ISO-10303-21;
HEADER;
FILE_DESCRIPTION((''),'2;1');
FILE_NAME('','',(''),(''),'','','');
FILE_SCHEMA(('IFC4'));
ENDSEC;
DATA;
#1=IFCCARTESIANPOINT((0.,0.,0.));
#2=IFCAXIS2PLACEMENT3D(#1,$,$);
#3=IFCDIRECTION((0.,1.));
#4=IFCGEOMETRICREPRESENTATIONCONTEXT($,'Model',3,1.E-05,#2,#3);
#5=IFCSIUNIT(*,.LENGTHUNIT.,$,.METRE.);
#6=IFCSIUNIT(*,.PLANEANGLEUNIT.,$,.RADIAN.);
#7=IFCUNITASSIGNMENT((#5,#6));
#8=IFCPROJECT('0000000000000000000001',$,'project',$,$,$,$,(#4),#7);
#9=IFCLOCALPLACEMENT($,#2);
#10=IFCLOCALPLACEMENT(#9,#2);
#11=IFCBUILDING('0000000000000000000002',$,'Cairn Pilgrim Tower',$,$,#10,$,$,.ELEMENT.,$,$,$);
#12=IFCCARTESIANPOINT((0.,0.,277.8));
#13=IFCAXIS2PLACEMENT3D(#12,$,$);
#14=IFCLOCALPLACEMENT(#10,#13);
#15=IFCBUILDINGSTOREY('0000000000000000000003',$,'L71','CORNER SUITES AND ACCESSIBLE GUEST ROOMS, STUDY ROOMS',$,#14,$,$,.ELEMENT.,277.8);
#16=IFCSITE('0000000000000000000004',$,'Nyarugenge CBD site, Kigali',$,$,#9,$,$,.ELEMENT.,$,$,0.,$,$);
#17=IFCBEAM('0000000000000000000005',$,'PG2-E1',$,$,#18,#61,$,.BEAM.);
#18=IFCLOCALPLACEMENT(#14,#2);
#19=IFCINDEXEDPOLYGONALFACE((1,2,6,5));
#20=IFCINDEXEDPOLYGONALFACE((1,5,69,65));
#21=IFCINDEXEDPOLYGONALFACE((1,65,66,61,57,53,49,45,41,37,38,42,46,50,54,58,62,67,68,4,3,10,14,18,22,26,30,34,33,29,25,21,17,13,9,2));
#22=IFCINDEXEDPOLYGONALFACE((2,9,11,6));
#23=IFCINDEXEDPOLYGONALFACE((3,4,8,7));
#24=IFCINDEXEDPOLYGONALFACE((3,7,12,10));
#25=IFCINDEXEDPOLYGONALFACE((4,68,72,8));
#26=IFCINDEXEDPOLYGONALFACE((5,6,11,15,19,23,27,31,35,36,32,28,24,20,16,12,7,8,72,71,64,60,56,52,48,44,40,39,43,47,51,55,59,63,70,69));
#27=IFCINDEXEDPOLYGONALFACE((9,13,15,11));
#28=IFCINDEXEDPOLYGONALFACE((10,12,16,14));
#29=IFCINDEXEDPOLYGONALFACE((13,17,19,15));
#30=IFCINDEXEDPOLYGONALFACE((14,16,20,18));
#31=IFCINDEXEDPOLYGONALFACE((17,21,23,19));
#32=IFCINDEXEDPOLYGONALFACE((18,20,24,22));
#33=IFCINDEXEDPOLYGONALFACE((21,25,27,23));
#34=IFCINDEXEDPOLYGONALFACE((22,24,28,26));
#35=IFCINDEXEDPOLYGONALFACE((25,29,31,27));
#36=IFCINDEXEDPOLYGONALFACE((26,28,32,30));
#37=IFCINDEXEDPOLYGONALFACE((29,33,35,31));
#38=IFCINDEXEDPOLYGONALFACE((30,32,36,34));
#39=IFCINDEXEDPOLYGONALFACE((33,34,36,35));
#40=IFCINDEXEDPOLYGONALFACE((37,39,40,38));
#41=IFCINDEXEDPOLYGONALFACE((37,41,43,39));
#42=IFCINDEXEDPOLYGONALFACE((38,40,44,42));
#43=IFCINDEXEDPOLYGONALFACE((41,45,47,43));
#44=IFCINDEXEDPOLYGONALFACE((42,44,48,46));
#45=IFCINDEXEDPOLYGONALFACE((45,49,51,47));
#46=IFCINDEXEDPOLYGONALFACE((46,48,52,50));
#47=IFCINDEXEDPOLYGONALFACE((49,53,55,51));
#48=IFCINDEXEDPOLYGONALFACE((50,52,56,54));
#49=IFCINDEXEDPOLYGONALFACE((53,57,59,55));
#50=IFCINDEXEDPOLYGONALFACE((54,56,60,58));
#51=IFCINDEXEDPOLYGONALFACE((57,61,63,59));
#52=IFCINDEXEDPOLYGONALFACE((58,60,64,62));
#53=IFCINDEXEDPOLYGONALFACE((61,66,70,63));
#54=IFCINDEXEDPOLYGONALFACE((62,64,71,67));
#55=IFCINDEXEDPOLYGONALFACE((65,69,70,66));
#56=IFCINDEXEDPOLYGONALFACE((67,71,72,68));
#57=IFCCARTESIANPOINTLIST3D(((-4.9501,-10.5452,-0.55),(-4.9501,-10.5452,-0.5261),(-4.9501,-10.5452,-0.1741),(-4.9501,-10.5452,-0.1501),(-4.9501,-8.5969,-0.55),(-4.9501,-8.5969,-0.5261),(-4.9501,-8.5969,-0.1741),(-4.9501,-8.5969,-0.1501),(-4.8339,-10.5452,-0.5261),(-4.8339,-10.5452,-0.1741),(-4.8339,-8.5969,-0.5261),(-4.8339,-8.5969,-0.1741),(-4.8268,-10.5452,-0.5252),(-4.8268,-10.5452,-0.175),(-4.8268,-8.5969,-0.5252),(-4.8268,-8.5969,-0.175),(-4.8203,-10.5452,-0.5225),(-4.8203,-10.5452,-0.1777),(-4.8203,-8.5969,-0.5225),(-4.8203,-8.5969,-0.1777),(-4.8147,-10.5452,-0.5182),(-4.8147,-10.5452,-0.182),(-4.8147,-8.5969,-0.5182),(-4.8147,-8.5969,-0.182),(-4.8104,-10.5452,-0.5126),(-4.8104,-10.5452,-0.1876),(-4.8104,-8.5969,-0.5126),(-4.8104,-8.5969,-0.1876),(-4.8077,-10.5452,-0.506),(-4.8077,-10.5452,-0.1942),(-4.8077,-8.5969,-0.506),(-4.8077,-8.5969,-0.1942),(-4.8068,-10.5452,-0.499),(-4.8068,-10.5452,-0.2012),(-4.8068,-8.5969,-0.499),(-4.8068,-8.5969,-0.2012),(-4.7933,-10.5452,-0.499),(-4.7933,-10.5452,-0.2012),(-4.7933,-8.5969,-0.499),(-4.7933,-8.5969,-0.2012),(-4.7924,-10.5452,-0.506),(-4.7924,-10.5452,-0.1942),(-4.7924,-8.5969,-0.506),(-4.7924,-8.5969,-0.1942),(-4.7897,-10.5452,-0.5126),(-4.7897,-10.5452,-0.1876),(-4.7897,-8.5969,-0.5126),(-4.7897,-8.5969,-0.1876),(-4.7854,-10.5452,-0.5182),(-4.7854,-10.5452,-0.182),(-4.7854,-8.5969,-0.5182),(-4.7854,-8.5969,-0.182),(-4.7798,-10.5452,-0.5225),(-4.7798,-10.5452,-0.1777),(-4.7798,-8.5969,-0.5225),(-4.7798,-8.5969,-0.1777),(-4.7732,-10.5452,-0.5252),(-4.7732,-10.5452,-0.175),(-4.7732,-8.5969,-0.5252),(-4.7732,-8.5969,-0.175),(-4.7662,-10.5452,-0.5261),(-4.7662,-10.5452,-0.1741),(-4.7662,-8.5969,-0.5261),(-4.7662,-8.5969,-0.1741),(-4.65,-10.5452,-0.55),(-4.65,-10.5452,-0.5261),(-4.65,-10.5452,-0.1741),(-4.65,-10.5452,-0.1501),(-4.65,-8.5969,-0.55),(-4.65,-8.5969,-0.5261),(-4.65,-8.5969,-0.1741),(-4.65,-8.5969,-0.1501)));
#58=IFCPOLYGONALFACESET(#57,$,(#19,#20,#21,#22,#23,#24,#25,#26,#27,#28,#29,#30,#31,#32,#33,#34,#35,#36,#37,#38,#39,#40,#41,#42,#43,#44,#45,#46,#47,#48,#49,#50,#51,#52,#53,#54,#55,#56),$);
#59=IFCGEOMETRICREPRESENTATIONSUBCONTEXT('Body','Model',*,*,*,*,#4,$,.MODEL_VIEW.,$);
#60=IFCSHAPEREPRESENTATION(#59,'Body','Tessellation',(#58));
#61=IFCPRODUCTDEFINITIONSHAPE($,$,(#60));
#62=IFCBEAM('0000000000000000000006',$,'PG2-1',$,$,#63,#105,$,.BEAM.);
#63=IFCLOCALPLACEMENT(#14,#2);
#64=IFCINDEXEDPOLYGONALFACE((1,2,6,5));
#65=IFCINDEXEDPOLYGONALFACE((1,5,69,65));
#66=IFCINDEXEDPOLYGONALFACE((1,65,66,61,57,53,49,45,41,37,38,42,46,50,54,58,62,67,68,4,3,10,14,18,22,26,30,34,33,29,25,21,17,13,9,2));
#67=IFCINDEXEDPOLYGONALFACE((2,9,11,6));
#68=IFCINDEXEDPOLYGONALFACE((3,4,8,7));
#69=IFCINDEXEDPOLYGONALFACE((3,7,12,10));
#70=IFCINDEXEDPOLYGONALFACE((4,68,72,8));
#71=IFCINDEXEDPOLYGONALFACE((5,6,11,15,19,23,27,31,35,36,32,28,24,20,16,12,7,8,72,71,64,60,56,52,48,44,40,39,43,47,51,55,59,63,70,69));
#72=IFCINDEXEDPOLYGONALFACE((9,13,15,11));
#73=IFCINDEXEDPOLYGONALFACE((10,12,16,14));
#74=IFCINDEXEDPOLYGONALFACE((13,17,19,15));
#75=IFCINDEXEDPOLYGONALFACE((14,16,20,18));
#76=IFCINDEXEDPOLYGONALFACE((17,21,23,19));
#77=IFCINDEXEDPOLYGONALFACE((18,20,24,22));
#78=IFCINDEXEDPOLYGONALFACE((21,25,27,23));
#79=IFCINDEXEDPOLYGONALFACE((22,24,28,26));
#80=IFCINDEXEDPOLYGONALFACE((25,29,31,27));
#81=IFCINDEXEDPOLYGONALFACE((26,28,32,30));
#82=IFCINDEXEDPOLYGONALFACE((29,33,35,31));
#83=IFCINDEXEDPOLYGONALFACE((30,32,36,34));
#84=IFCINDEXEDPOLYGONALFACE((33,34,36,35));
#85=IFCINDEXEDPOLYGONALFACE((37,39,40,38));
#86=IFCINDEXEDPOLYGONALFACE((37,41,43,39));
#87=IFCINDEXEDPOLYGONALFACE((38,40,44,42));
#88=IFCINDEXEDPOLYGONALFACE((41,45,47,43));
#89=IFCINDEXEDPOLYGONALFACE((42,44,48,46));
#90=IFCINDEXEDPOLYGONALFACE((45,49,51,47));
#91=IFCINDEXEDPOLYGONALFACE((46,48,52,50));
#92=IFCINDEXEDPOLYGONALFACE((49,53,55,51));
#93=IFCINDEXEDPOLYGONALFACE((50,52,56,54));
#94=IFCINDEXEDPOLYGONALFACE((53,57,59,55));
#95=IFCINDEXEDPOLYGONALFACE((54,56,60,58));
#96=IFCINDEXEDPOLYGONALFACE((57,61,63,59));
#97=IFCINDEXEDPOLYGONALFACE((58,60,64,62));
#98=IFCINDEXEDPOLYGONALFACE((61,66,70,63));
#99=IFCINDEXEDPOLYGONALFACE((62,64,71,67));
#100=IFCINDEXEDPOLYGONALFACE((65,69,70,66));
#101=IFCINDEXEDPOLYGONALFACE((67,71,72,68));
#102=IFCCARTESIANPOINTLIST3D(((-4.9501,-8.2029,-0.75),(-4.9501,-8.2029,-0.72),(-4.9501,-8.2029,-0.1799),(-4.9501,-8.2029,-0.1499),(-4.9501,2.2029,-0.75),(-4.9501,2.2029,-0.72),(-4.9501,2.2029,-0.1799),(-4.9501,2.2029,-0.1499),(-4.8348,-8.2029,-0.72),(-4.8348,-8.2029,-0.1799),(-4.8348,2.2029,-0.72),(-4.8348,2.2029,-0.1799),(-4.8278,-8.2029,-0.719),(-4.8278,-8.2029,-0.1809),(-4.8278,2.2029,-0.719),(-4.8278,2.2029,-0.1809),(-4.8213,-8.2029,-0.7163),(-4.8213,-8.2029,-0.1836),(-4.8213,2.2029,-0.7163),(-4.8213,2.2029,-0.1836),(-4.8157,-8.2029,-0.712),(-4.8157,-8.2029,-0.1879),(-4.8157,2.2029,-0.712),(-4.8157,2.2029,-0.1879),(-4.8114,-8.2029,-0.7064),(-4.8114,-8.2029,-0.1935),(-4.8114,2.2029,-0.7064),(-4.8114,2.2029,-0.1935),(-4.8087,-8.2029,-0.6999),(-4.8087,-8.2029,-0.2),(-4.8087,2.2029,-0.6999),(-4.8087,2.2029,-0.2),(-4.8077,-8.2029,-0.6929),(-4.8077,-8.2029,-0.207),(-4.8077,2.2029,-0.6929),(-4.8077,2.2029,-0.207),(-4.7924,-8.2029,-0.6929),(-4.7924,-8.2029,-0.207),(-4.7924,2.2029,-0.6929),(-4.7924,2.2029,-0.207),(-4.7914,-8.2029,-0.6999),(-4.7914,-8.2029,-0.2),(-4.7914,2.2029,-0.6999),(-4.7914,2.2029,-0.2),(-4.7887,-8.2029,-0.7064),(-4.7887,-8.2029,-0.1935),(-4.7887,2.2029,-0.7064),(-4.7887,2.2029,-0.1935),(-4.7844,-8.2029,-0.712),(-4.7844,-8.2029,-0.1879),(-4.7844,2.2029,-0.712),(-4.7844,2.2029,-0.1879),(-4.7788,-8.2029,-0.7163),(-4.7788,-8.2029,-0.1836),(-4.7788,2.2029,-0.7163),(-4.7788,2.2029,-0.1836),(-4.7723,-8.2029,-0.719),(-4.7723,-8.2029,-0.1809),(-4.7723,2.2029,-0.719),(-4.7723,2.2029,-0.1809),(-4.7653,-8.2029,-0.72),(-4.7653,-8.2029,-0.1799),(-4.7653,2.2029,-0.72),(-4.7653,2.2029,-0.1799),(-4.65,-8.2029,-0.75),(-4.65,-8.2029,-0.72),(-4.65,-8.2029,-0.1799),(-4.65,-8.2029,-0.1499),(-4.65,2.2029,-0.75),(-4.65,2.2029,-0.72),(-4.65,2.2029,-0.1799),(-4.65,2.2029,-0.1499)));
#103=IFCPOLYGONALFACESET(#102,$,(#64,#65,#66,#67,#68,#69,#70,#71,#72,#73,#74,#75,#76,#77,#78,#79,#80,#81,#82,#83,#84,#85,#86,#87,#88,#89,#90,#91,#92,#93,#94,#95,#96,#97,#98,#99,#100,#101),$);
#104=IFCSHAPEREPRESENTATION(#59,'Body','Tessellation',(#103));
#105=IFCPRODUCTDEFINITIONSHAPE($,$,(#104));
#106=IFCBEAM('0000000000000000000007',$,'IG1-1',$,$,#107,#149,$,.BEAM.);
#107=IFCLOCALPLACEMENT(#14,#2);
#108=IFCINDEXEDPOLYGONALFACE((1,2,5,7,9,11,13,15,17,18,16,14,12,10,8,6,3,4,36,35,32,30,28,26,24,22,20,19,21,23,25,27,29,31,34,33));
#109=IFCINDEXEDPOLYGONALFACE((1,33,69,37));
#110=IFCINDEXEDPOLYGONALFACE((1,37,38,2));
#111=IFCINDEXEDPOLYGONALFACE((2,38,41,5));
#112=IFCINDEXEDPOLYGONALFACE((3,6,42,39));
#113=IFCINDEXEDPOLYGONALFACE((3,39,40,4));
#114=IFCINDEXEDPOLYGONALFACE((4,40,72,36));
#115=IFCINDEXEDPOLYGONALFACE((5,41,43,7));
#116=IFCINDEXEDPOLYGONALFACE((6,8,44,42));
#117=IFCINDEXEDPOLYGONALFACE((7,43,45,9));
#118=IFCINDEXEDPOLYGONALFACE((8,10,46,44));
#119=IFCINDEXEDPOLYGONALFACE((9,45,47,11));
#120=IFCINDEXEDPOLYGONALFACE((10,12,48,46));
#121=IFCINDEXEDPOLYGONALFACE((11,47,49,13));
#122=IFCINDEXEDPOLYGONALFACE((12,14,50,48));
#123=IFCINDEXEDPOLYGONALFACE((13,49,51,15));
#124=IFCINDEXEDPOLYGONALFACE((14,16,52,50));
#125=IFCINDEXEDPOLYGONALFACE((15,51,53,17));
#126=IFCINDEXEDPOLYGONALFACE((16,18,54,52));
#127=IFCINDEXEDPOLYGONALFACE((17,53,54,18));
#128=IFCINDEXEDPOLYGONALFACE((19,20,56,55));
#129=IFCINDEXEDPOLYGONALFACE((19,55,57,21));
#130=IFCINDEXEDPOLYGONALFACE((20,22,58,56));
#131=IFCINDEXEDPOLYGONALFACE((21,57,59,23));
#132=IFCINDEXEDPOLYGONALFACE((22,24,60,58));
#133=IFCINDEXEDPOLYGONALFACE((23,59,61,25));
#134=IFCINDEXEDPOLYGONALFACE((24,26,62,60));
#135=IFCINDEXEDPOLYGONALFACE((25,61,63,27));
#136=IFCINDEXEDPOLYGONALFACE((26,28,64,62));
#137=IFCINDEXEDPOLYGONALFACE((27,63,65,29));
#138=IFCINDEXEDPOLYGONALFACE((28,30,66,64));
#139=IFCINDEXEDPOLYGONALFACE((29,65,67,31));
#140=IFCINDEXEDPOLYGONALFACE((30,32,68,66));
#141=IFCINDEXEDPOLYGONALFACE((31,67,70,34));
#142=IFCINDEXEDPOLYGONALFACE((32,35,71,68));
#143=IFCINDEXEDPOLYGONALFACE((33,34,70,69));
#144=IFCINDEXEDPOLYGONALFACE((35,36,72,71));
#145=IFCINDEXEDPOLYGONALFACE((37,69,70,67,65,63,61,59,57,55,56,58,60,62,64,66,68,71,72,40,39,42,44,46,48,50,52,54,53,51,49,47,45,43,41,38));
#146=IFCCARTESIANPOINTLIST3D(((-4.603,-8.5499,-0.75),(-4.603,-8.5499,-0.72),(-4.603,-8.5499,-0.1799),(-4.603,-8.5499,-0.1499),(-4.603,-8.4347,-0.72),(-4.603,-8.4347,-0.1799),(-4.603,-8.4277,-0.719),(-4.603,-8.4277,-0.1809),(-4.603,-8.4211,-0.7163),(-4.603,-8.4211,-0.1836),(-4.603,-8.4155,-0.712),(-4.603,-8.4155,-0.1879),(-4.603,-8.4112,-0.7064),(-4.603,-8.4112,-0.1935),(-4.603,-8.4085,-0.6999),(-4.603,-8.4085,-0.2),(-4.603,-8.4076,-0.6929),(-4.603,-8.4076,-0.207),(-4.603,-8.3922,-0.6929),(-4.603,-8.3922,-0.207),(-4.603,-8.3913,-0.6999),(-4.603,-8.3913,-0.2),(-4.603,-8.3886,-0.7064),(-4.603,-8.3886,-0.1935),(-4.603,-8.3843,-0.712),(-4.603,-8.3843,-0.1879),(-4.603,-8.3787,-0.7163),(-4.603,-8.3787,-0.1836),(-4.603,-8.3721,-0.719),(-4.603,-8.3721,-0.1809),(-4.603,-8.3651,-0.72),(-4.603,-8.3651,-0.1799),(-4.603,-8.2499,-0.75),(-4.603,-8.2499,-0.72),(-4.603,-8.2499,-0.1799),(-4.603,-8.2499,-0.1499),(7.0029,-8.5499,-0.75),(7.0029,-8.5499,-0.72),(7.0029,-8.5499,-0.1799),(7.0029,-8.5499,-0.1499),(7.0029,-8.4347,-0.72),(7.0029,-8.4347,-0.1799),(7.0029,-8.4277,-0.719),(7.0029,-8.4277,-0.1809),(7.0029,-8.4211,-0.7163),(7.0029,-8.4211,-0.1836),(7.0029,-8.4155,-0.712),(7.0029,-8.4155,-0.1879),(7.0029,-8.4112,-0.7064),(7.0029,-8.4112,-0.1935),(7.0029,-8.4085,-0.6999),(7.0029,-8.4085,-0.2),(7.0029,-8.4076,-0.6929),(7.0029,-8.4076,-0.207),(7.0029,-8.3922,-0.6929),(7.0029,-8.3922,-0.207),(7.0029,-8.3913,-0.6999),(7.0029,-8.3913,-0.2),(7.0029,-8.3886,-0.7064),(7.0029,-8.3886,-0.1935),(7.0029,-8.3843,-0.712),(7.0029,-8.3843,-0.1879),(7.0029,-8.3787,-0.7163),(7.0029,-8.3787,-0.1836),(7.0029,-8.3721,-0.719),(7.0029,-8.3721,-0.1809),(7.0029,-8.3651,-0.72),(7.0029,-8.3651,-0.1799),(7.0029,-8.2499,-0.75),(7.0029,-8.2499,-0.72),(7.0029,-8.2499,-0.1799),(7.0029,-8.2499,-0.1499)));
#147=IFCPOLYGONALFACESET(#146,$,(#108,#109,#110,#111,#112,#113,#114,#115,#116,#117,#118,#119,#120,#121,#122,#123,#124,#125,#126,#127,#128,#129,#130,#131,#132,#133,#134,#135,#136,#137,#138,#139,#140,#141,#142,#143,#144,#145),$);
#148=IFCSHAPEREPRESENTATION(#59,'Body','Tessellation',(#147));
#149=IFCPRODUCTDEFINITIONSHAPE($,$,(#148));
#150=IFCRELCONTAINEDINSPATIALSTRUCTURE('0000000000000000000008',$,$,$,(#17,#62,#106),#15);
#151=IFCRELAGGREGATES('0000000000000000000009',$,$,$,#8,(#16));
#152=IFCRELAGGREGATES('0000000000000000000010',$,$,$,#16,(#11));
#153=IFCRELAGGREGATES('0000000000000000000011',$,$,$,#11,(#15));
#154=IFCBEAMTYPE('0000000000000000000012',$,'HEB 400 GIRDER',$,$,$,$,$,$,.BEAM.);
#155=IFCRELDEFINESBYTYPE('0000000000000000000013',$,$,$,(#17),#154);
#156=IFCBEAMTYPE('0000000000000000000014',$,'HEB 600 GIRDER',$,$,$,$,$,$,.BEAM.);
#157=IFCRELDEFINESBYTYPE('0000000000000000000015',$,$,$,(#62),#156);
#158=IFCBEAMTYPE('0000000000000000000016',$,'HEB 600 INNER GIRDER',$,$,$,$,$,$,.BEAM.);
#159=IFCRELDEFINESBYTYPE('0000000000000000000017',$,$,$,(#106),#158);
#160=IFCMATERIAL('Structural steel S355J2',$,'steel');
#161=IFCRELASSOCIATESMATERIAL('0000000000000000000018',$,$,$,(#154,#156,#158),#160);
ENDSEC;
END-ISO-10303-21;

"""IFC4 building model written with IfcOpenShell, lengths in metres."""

from ifc_helpers import new_model, si_unit, direction, frame, origin, origin_2d, place, context, subcontext, project, spatial, i_section, extrude, material, material_profile, profile_set, type_object, element, save


model = new_model("IFC4")

# Units and contexts
model_context = context("Model", 3, precision=1e-05, world=origin(), true_north=direction((0.0, 1.0)))
body_context = subcontext(model_context, "Body", "Model", "MODEL_VIEW")
ifc_project = project(units=[si_unit("LENGTHUNIT", "METRE"), si_unit("PLANEANGLEUNIT", "RADIAN")], contexts=[model_context])

# Site, building, storey
site_placement = place(None, origin())
site = spatial("IfcSite", under=ifc_project, at=site_placement, Name="Nyarugenge CBD site, Kigali", CompositionType="ELEMENT", RefElevation=0.0)
building_placement = place(site_placement, origin())
building = spatial("IfcBuilding", under=site, at=building_placement, Name="Cairn Pilgrim Tower", CompositionType="ELEMENT")
storey_placement = place(building_placement, frame((0.0, 0.0, 277.8)))
storey = spatial("IfcBuildingStorey", under=building, at=storey_placement, Name="L71", Description="CORNER SUITES AND ACCESSIBLE GUEST ROOMS, STUDY ROOMS", CompositionType="ELEMENT", Elevation=277.8)

# Shared definitions
ifc_material_1 = material(Name="Structural steel S355J2", Category="steel")

# Beams
ifc_material_profile_1 = material_profile(ifc_material_1, i_section(OverallWidth=0.3, OverallDepth=0.3999, WebThickness=0.0134, FlangeThickness=0.0239, FilletRadius=0.0271, at=origin_2d()), Name="HEB 400")
ifc_profile_set_1 = profile_set([ifc_material_profile_1], Name="Structural steel S355J2")
beam_type_1 = type_object("IfcBeamType", Name="HEB 400 GIRDER", PredefinedType="BEAM", material=ifc_profile_set_1)
beam_1_placement = place(storey_placement, frame((-4.8, -10.5452, -0.3501), z_axis=(0.0, 1.0, 0.0), x_axis=(-1.0, 0.0, 0.0)))
element("IfcBeam", 1, at=beam_1_placement, inside=storey, type_object=beam_type_1, Name="PG2-E1", PredefinedType="BEAM", context=body_context, shape_type="SweptSolid", body=[
    extrude(i_section(OverallWidth=0.3, OverallDepth=0.3999, WebThickness=0.0134, FlangeThickness=0.0239, FilletRadius=0.0271, at=origin_2d()), origin(), (0.0, 0.0, 1.0), 1.9482),
])
ifc_material_profile_2 = material_profile(ifc_material_1, i_section(OverallWidth=0.3, OverallDepth=0.6001, WebThickness=0.0154, FlangeThickness=0.03, FilletRadius=0.0271, at=origin_2d()), Name="HEB 600")
ifc_profile_set_2 = profile_set([ifc_material_profile_2], Name="Structural steel S355J2")
beam_type_2 = type_object("IfcBeamType", Name="HEB 600 GIRDER", PredefinedType="BEAM", material=ifc_profile_set_2)
beam_2_placement = place(storey_placement, frame((-4.8, -8.2029, -0.45), z_axis=(0.0, 1.0, 0.0), x_axis=(-1.0, 0.0, 0.0)))
element("IfcBeam", 2, at=beam_2_placement, inside=storey, type_object=beam_type_2, Name="PG2-1", PredefinedType="BEAM", context=body_context, shape_type="SweptSolid", body=[
    extrude(i_section(OverallWidth=0.3, OverallDepth=0.6001, WebThickness=0.0154, FlangeThickness=0.03, FilletRadius=0.0271, at=origin_2d()), origin(), (0.0, 0.0, 1.0), 10.4058),
])
ifc_material_profile_3 = material_profile(ifc_material_1, i_section(OverallWidth=0.3, OverallDepth=0.6001, WebThickness=0.0154, FlangeThickness=0.03, FilletRadius=0.0271, at=origin_2d()), Name="HEB 600")
ifc_profile_set_3 = profile_set([ifc_material_profile_3], Name="Structural steel S355J2")
beam_type_3 = type_object("IfcBeamType", Name="HEB 600 INNER GIRDER", PredefinedType="BEAM", material=ifc_profile_set_3)
beam_3_placement = place(storey_placement, frame((-4.603, -8.3999, -0.45), z_axis=(1.0, 0.0, 0.0), x_axis=(0.0, 1.0, 0.0)))
element("IfcBeam", 3, at=beam_3_placement, inside=storey, type_object=beam_type_3, Name="IG1-1", PredefinedType="BEAM", context=body_context, shape_type="SweptSolid", body=[
    extrude(i_section(OverallWidth=0.3, OverallDepth=0.6001, WebThickness=0.0154, FlangeThickness=0.03, FilletRadius=0.0271, at=origin_2d()), origin(), (0.0, 0.0, 1.0), 11.606),
])

save(model, "model.ifc")
